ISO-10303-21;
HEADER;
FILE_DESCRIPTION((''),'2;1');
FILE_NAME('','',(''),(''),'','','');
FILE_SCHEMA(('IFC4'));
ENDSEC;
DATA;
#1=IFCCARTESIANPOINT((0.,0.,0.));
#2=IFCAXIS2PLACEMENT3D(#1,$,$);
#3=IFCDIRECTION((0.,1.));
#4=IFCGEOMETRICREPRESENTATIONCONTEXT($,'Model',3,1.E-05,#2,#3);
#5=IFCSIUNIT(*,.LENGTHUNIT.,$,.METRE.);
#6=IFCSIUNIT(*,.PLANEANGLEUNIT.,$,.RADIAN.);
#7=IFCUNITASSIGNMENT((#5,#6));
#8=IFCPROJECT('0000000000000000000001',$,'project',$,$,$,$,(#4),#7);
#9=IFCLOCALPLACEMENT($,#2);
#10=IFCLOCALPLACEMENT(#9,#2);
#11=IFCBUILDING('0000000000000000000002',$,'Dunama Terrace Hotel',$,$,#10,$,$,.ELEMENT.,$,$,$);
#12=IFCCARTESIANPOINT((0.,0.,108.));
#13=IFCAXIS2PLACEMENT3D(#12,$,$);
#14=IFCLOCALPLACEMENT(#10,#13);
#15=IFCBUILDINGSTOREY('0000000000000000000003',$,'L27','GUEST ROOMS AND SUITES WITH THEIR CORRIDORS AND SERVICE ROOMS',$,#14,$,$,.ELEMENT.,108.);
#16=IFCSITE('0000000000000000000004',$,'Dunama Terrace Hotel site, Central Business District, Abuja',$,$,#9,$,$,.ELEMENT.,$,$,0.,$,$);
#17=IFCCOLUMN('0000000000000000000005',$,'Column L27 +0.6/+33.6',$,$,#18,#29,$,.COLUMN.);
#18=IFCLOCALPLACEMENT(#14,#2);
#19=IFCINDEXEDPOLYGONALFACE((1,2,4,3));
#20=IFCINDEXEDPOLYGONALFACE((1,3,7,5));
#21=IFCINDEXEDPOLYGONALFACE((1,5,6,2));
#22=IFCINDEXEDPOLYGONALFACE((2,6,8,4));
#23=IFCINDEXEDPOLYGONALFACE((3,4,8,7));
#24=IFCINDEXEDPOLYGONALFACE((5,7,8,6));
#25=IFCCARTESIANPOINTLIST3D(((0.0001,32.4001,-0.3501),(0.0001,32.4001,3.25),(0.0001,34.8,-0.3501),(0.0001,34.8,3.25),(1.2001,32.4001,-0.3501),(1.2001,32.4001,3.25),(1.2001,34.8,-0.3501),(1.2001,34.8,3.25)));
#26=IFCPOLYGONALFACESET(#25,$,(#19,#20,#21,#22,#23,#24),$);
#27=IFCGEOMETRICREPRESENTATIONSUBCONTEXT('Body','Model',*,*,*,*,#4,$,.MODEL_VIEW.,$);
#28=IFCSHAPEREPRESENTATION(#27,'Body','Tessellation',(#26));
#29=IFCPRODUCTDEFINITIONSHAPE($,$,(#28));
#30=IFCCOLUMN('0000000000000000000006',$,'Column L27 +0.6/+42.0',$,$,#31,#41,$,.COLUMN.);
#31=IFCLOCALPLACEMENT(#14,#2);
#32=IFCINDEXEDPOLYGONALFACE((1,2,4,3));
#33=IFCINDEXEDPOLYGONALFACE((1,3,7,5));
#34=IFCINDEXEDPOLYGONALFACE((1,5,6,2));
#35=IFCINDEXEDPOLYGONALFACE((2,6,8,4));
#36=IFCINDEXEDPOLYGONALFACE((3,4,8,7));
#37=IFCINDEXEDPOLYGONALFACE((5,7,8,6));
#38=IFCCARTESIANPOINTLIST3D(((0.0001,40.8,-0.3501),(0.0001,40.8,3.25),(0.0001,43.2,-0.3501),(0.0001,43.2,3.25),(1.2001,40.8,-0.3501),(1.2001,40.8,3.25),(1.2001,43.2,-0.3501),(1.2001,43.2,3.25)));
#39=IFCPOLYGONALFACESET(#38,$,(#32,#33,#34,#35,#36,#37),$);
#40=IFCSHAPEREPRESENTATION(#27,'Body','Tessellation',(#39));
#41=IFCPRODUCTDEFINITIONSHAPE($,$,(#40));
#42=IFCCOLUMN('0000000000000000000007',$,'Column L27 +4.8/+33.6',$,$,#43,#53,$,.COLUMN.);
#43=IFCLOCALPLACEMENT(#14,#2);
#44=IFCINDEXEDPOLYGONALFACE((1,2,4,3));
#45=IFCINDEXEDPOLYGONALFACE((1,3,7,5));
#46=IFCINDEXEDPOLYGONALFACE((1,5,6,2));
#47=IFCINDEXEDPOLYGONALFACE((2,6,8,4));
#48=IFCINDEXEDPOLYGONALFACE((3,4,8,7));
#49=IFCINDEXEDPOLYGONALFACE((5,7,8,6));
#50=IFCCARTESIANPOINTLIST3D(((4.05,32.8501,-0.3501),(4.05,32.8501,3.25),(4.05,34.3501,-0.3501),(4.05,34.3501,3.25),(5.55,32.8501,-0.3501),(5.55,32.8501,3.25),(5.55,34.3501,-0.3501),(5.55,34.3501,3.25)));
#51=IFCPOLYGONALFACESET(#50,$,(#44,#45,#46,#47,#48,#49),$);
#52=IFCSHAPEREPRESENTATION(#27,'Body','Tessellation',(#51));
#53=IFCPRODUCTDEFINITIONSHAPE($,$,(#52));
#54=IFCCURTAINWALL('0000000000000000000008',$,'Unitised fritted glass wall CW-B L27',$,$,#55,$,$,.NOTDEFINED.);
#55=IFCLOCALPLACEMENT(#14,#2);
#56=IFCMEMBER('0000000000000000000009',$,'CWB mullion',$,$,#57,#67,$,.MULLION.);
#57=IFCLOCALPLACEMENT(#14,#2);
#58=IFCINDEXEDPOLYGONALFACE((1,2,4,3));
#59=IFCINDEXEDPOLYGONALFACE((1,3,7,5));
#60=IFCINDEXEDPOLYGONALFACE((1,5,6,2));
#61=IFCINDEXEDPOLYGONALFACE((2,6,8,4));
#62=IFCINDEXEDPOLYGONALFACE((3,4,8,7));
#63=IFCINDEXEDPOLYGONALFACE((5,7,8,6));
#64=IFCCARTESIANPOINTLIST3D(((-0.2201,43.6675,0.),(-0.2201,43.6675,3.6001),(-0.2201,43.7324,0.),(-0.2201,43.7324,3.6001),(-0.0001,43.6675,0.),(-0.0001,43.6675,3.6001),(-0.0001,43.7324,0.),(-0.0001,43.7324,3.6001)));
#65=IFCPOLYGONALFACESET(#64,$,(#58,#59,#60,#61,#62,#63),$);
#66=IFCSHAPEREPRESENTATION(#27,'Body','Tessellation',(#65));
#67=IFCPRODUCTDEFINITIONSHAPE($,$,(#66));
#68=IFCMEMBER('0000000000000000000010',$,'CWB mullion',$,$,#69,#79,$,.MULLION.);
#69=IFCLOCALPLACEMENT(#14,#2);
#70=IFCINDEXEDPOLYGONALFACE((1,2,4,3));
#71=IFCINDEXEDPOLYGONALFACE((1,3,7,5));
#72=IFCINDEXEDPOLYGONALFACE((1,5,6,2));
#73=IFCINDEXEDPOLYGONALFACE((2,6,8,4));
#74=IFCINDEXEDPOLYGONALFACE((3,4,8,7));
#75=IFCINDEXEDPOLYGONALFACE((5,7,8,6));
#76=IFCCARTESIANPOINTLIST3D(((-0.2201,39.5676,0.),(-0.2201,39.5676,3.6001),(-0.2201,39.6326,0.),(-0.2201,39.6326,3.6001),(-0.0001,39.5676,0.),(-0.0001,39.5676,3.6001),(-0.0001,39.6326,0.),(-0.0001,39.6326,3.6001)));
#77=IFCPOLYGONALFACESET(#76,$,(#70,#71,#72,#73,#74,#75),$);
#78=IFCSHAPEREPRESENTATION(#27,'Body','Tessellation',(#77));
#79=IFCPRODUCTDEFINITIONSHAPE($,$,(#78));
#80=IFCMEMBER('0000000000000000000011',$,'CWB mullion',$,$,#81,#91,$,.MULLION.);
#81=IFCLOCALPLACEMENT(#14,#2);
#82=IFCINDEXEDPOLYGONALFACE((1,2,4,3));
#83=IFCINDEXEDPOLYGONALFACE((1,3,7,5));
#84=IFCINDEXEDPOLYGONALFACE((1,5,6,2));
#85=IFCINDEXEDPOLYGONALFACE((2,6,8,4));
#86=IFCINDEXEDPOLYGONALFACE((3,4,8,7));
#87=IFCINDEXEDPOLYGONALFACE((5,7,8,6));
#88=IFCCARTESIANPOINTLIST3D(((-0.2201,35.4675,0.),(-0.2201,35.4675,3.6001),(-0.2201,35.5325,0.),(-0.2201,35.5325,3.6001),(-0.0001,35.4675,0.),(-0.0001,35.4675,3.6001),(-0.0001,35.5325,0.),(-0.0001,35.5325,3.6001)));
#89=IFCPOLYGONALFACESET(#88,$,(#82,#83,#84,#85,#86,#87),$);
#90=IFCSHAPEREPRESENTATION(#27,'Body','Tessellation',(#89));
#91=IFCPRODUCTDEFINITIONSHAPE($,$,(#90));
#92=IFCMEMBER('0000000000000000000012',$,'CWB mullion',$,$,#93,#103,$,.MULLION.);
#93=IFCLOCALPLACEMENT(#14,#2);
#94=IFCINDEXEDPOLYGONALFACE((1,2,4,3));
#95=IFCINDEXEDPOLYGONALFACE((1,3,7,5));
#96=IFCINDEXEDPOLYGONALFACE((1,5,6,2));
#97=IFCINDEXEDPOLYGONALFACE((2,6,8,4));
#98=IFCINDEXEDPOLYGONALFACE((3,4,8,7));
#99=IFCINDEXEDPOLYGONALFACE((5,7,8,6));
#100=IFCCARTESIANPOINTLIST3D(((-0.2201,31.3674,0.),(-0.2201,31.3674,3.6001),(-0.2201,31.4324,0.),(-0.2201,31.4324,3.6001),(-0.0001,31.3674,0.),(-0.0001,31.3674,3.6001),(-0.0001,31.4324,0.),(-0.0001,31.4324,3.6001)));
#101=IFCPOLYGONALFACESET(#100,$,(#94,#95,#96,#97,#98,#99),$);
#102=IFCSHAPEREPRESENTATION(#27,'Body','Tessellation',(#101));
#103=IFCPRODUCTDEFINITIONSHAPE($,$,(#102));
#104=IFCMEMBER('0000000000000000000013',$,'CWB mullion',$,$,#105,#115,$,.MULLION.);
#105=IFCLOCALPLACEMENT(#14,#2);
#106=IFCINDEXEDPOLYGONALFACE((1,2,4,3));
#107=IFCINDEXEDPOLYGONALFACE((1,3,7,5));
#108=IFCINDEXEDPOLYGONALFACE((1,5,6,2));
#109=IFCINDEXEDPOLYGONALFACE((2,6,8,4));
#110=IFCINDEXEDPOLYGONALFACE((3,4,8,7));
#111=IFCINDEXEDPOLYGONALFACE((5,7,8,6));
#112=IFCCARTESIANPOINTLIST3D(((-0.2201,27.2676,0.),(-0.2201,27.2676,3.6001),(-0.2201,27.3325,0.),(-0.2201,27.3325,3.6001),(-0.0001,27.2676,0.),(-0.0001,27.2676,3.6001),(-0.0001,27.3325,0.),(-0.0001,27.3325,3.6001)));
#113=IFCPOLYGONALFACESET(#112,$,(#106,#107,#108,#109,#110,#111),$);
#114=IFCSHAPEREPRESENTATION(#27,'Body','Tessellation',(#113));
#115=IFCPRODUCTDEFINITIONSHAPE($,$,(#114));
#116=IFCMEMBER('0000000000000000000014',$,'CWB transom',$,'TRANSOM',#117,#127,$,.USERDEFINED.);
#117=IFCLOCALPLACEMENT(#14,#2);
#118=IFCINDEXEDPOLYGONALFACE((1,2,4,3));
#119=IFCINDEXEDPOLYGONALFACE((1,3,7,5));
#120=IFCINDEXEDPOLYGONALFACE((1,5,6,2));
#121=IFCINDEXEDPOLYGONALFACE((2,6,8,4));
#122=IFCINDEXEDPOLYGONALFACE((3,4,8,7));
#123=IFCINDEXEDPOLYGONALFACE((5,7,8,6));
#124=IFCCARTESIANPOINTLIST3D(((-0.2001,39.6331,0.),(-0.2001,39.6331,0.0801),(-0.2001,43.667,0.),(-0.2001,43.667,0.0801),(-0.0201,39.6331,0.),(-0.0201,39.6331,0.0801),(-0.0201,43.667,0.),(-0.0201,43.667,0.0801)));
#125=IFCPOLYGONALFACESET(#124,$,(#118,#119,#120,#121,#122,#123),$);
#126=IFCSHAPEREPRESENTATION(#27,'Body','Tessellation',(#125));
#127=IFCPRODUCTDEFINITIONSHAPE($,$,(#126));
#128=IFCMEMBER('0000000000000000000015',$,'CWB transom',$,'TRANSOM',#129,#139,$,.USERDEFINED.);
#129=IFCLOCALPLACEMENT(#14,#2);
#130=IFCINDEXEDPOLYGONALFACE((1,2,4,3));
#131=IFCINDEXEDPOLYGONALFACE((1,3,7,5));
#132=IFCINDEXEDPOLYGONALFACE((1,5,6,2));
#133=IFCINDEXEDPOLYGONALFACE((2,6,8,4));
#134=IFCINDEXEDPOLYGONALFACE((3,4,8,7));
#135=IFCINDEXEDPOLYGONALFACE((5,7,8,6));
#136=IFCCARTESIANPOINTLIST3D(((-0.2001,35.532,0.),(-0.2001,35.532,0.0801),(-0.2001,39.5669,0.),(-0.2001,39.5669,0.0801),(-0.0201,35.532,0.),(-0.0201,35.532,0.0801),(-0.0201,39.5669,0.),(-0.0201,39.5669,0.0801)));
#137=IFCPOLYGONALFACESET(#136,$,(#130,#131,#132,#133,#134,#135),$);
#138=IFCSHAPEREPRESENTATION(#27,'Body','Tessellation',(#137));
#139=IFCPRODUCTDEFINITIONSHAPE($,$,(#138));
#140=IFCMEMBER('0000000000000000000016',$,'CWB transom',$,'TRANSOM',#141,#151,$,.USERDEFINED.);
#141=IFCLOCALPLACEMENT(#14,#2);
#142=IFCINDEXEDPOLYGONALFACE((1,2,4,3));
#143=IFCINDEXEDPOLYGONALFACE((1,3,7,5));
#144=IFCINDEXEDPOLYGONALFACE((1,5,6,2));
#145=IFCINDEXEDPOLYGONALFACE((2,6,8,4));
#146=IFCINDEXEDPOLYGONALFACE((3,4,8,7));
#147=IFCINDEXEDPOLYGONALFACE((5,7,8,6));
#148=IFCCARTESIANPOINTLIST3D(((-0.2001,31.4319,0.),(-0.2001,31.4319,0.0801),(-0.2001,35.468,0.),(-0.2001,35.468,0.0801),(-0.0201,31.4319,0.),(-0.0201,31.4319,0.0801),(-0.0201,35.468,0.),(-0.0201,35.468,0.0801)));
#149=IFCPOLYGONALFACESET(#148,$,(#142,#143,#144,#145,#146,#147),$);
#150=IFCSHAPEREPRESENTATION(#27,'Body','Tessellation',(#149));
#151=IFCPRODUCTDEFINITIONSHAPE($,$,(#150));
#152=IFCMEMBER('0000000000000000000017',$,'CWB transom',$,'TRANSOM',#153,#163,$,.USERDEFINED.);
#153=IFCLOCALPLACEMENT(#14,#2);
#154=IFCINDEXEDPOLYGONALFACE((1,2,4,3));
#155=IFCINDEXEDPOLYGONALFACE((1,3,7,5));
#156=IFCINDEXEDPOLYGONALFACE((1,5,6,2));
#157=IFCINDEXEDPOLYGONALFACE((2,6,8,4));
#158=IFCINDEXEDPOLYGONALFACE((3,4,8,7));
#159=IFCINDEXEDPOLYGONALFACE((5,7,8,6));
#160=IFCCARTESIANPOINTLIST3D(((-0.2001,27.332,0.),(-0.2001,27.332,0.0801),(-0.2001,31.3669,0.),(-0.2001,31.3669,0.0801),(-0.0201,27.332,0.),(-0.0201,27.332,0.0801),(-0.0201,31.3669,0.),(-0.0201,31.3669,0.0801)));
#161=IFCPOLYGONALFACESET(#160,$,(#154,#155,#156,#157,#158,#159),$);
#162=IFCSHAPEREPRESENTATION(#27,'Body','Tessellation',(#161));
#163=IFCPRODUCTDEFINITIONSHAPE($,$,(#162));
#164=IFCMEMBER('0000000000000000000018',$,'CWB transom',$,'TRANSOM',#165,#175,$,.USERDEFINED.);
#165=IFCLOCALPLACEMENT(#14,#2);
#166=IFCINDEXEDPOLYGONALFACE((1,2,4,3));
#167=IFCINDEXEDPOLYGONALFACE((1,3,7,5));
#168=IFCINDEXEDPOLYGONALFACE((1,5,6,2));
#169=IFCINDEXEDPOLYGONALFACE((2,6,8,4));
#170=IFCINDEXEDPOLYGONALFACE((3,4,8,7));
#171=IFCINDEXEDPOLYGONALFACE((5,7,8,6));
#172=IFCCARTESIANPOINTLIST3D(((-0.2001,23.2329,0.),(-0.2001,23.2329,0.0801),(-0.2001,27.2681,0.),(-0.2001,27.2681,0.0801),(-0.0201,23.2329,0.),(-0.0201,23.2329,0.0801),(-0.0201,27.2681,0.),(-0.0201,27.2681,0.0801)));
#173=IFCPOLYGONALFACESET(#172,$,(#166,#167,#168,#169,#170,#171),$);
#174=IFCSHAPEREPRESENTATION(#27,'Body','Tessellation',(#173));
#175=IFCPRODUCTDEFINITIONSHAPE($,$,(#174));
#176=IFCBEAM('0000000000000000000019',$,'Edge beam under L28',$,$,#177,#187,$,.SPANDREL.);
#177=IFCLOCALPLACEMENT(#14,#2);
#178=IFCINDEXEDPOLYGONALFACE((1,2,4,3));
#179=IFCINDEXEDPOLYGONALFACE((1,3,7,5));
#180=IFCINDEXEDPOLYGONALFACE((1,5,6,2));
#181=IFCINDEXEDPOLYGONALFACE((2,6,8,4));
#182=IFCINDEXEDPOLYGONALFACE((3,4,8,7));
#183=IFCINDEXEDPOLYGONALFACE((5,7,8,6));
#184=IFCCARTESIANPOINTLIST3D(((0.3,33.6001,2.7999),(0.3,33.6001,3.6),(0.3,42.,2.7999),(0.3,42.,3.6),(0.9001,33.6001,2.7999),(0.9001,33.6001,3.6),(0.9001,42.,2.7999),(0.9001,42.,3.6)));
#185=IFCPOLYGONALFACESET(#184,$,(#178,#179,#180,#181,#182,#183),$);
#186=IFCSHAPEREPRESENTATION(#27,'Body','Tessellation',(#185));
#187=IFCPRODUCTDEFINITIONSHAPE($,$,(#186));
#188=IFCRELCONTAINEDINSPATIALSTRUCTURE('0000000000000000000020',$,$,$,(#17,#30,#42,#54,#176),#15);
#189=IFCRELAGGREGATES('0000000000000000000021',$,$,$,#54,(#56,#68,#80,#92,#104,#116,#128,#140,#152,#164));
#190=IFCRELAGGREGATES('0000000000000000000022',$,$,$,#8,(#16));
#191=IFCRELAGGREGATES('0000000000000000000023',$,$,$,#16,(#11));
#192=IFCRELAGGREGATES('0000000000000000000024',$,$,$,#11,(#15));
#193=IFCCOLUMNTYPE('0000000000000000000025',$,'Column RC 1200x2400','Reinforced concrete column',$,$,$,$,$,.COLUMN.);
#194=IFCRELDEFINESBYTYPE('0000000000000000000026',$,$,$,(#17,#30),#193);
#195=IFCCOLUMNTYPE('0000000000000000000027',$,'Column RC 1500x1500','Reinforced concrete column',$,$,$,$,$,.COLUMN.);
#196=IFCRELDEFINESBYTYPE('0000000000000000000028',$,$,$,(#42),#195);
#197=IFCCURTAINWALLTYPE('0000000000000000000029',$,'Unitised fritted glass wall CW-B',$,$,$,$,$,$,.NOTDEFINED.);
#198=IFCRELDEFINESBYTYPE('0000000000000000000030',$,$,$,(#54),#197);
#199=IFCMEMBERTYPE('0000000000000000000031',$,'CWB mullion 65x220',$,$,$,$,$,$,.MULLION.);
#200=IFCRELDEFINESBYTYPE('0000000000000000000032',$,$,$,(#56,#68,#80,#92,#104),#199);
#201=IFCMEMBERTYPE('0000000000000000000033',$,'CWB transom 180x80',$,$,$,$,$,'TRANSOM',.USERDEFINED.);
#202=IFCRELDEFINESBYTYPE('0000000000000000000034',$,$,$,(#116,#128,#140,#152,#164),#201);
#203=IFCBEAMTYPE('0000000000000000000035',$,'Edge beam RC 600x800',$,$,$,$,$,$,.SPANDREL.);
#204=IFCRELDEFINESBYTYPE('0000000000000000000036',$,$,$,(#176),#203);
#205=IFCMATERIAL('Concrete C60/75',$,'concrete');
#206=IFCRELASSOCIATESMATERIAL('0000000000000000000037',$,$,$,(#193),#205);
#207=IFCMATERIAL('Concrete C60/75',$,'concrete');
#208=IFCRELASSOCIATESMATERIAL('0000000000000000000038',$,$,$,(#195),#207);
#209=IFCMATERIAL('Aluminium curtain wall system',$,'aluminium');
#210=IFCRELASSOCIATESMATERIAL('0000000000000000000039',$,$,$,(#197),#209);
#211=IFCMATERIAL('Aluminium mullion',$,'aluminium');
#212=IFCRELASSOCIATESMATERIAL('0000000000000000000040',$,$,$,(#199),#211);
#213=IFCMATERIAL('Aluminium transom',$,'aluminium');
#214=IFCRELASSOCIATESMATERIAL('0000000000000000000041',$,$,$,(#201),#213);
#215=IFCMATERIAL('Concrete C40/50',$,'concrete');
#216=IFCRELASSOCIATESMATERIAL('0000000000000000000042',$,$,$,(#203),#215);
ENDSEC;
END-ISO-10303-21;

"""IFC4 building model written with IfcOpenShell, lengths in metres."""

from ifc_helpers import new_model, si_unit, direction, frame, origin, origin_2d, place, context, subcontext, project, spatial, rectangle, extrude, material, material_profile, profile_set, type_object, element, aggregate, save


model = new_model("IFC4")

# Units and contexts
model_context = context("Model", 3, precision=1e-05, world=origin(), true_north=direction((0.0, 1.0)))
body_context = subcontext(model_context, "Body", "Model", "MODEL_VIEW")
ifc_project = project(units=[si_unit("LENGTHUNIT", "METRE"), si_unit("PLANEANGLEUNIT", "RADIAN")], contexts=[model_context])

# Site, building, storey
site_placement = place(None, origin())
site = spatial("IfcSite", under=ifc_project, at=site_placement, Name="Dunama Terrace Hotel site, Central Business District, Abuja", CompositionType="ELEMENT", RefElevation=0.0)
building_placement = place(site_placement, origin())
building = spatial("IfcBuilding", under=site, at=building_placement, Name="Dunama Terrace Hotel", CompositionType="ELEMENT")
storey_placement = place(building_placement, frame((0.0, 0.0, 108.0)))
storey = spatial("IfcBuildingStorey", under=building, at=storey_placement, Name="L27", Description="GUEST ROOMS AND SUITES WITH THEIR CORRIDORS AND SERVICE ROOMS", CompositionType="ELEMENT", Elevation=108.0)

# Columns
ifc_material_1 = material(Name="Concrete C60/75", Category="concrete")
ifc_material_profile_1 = material_profile(ifc_material_1, rectangle(XDim=1.2, YDim=2.3999, at=origin_2d()), Name="RC 1200x2400")
ifc_profile_set_1 = profile_set([ifc_material_profile_1], Name="Concrete C60/75")
column_type_1 = type_object("IfcColumnType", Name="Column RC 1200x2400", Description="Reinforced concrete column", PredefinedType="COLUMN", material=ifc_profile_set_1)
for number, where, z_axis, x_axis, name in (
    (1, (0.6001, 33.6001, -0.3501), (0.0, 0.0, 1.0), (1.0, 0.0, 0.0), "Column L27 +0.6/+33.6"),
    (2, (0.6001, 42.0, -0.3501), (0.0, 0.0, 1.0), (1.0, 0.0, 0.0), "Column L27 +0.6/+42.0"),
):
    element("IfcColumn", number, at=place(storey_placement, frame(where, z_axis=z_axis, x_axis=x_axis)), inside=storey, type_object=column_type_1, Name=name, PredefinedType="COLUMN", context=body_context, shape_type="SweptSolid", body=[
        extrude(rectangle(XDim=1.2, YDim=2.3999, at=origin_2d()), origin(), (0.0, 0.0, 1.0), 3.6001),
    ])
ifc_material_2 = material(Name="Concrete C60/75", Category="concrete")
ifc_material_profile_2 = material_profile(ifc_material_2, rectangle(XDim=1.5, YDim=1.5, at=origin_2d()), Name="RC 1500x1500")
ifc_profile_set_2 = profile_set([ifc_material_profile_2], Name="Concrete C60/75")
column_type_2 = type_object("IfcColumnType", Name="Column RC 1500x1500", Description="Reinforced concrete column", PredefinedType="COLUMN", material=ifc_profile_set_2)
column_placement = place(storey_placement, frame((4.8, 33.6001, -0.3501), z_axis=(0.0, 0.0, 1.0), x_axis=(1.0, 0.0, 0.0)))
element("IfcColumn", 3, at=column_placement, inside=storey, type_object=column_type_2, Name="Column L27 +4.8/+33.6", PredefinedType="COLUMN", context=body_context, shape_type="SweptSolid", body=[
    extrude(rectangle(XDim=1.5, YDim=1.5, at=origin_2d()), origin(), (0.0, 0.0, 1.0), 3.6001),
])

# Curtain wall, members
ifc_material_3 = material(Name="Aluminium curtain wall system", Category="aluminium")
curtain_wall_type = type_object("IfcCurtainWallType", Name="Unitised fritted glass wall CW-B", PredefinedType="NOTDEFINED", material=ifc_material_3)
curtain_wall_placement = place(storey_placement, origin())
curtain_wall = element("IfcCurtainWall", 4, at=curtain_wall_placement, inside=storey, type_object=curtain_wall_type, Name="Unitised fritted glass wall CW-B L27", PredefinedType="NOTDEFINED")
ifc_material_4 = material(Name="Aluminium mullion", Category="aluminium")
ifc_material_profile_3 = material_profile(ifc_material_4, rectangle(XDim=0.0649, YDim=0.22, at=origin_2d()), Name="CWB MULLION 65X220")
ifc_profile_set_3 = profile_set([ifc_material_profile_3], Name="Aluminium mullion")
member_type_1 = type_object("IfcMemberType", Name="CWB mullion 65x220", PredefinedType="MULLION", material=ifc_profile_set_3)
member_1_placement = place(storey_placement, frame((-0.1101, 43.7, 0.0), z_axis=(0.0, 0.0, 1.0), x_axis=(0.0, -1.0, 0.0)))
member_1 = element("IfcMember", 5, at=member_1_placement, type_object=member_type_1, Name="CWB mullion", PredefinedType="MULLION", context=body_context, shape_type="SweptSolid", body=[
    extrude(rectangle(XDim=0.0649, YDim=0.22, at=origin_2d()), origin(), (0.0, 0.0, 1.0), 3.6001),
])
member_2_placement = place(storey_placement, frame((-0.1101, 39.6001, 0.0), z_axis=(0.0, 0.0, 1.0), x_axis=(0.0, -1.0, 0.0)))
member_2 = element("IfcMember", 6, at=member_2_placement, type_object=member_type_1, Name="CWB mullion", PredefinedType="MULLION", context=body_context, shape_type="SweptSolid", body=[
    extrude(rectangle(XDim=0.0649, YDim=0.22, at=origin_2d()), origin(), (0.0, 0.0, 1.0), 3.6001),
])
member_3_placement = place(storey_placement, frame((-0.1101, 35.5, 0.0), z_axis=(0.0, 0.0, 1.0), x_axis=(0.0, -1.0, 0.0)))
member_3 = element("IfcMember", 7, at=member_3_placement, type_object=member_type_1, Name="CWB mullion", PredefinedType="MULLION", context=body_context, shape_type="SweptSolid", body=[
    extrude(rectangle(XDim=0.0649, YDim=0.22, at=origin_2d()), origin(), (0.0, 0.0, 1.0), 3.6001),
])
member_4_placement = place(storey_placement, frame((-0.1101, 31.3999, 0.0), z_axis=(0.0, 0.0, 1.0), x_axis=(0.0, -1.0, 0.0)))
member_4 = element("IfcMember", 8, at=member_4_placement, type_object=member_type_1, Name="CWB mullion", PredefinedType="MULLION", context=body_context, shape_type="SweptSolid", body=[
    extrude(rectangle(XDim=0.0649, YDim=0.22, at=origin_2d()), origin(), (0.0, 0.0, 1.0), 3.6001),
])
member_5_placement = place(storey_placement, frame((-0.1101, 27.3, 0.0), z_axis=(0.0, 0.0, 1.0), x_axis=(0.0, -1.0, 0.0)))
member_5 = element("IfcMember", 9, at=member_5_placement, type_object=member_type_1, Name="CWB mullion", PredefinedType="MULLION", context=body_context, shape_type="SweptSolid", body=[
    extrude(rectangle(XDim=0.0649, YDim=0.22, at=origin_2d()), origin(), (0.0, 0.0, 1.0), 3.6001),
])
ifc_material_5 = material(Name="Aluminium transom", Category="aluminium")
ifc_material_profile_4 = material_profile(ifc_material_5, rectangle(XDim=0.1799, YDim=0.0801, at=origin_2d()), Name="CWB TRANSOM 180X80")
ifc_profile_set_4 = profile_set([ifc_material_profile_4], Name="Aluminium transom")
member_type_2 = type_object("IfcMemberType", Name="CWB transom 180x80", ElementType="TRANSOM", PredefinedType="USERDEFINED", material=ifc_profile_set_4)
member_6_placement = place(storey_placement, frame((-0.1101, 43.667, 0.04), z_axis=(0.0, -1.0, 0.0), x_axis=(1.0, 0.0, 0.0)))
member_6 = element("IfcMember", 10, at=member_6_placement, type_object=member_type_2, Name="CWB transom", ObjectType="TRANSOM", PredefinedType="USERDEFINED", context=body_context, shape_type="SweptSolid", body=[
    extrude(rectangle(XDim=0.1799, YDim=0.0801, at=origin_2d()), origin(), (0.0, 0.0, 1.0), 4.0339),
])
member_7_placement = place(storey_placement, frame((-0.1101, 39.5669, 0.04), z_axis=(0.0, -1.0, 0.0), x_axis=(1.0, 0.0, 0.0)))
member_7 = element("IfcMember", 11, at=member_7_placement, type_object=member_type_2, Name="CWB transom", ObjectType="TRANSOM", PredefinedType="USERDEFINED", context=body_context, shape_type="SweptSolid", body=[
    extrude(rectangle(XDim=0.1799, YDim=0.0801, at=origin_2d()), origin(), (0.0, 0.0, 1.0), 4.0349),
])
member_8_placement = place(storey_placement, frame((-0.1101, 35.468, 0.04), z_axis=(0.0, -1.0, 0.0), x_axis=(1.0, 0.0, 0.0)))
member_8 = element("IfcMember", 12, at=member_8_placement, type_object=member_type_2, Name="CWB transom", ObjectType="TRANSOM", PredefinedType="USERDEFINED", context=body_context, shape_type="SweptSolid", body=[
    extrude(rectangle(XDim=0.1799, YDim=0.0801, at=origin_2d()), origin(), (0.0, 0.0, 1.0), 4.0361),
])
member_9_placement = place(storey_placement, frame((-0.1101, 31.3669, 0.04), z_axis=(0.0, -1.0, 0.0), x_axis=(1.0, 0.0, 0.0)))
member_9 = element("IfcMember", 13, at=member_9_placement, type_object=member_type_2, Name="CWB transom", ObjectType="TRANSOM", PredefinedType="USERDEFINED", context=body_context, shape_type="SweptSolid", body=[
    extrude(rectangle(XDim=0.1799, YDim=0.0801, at=origin_2d()), origin(), (0.0, 0.0, 1.0), 4.0349),
])
member_10_placement = place(storey_placement, frame((-0.1101, 27.2681, 0.04), z_axis=(0.0, -1.0, 0.0), x_axis=(1.0, 0.0, 0.0)))
member_10 = element("IfcMember", 14, at=member_10_placement, type_object=member_type_2, Name="CWB transom", ObjectType="TRANSOM", PredefinedType="USERDEFINED", context=body_context, shape_type="SweptSolid", body=[
    extrude(rectangle(XDim=0.1799, YDim=0.0801, at=origin_2d()), origin(), (0.0, 0.0, 1.0), 4.0352),
])

# Beam
ifc_material_6 = material(Name="Concrete C40/50", Category="concrete")
ifc_material_profile_5 = material_profile(ifc_material_6, rectangle(XDim=0.6001, YDim=0.8, at=origin_2d()), Name="RC 600x800")
ifc_profile_set_5 = profile_set([ifc_material_profile_5], Name="Concrete C40/50")
beam_type = type_object("IfcBeamType", Name="Edge beam RC 600x800", PredefinedType="SPANDREL", material=ifc_profile_set_5)
for number, where, z_axis, x_axis, name in (
    (15, (0.6001, 33.6001, 3.2), (0.0, 1.0, 0.0), (-1.0, 0.0, 0.0), "Edge beam under L28"),
):
    element("IfcBeam", number, at=place(storey_placement, frame(where, z_axis=z_axis, x_axis=x_axis)), inside=storey, type_object=beam_type, Name=name, PredefinedType="SPANDREL", context=body_context, shape_type="SweptSolid", body=[
        extrude(rectangle(XDim=0.6001, YDim=0.8, at=origin_2d()), origin(), (0.0, 0.0, 1.0), 8.3999),
    ])

aggregate(curtain_wall, [member_1, member_2, member_3, member_4, member_5, member_6, member_7, member_8, member_9, member_10])

save(model, "model.ifc")
